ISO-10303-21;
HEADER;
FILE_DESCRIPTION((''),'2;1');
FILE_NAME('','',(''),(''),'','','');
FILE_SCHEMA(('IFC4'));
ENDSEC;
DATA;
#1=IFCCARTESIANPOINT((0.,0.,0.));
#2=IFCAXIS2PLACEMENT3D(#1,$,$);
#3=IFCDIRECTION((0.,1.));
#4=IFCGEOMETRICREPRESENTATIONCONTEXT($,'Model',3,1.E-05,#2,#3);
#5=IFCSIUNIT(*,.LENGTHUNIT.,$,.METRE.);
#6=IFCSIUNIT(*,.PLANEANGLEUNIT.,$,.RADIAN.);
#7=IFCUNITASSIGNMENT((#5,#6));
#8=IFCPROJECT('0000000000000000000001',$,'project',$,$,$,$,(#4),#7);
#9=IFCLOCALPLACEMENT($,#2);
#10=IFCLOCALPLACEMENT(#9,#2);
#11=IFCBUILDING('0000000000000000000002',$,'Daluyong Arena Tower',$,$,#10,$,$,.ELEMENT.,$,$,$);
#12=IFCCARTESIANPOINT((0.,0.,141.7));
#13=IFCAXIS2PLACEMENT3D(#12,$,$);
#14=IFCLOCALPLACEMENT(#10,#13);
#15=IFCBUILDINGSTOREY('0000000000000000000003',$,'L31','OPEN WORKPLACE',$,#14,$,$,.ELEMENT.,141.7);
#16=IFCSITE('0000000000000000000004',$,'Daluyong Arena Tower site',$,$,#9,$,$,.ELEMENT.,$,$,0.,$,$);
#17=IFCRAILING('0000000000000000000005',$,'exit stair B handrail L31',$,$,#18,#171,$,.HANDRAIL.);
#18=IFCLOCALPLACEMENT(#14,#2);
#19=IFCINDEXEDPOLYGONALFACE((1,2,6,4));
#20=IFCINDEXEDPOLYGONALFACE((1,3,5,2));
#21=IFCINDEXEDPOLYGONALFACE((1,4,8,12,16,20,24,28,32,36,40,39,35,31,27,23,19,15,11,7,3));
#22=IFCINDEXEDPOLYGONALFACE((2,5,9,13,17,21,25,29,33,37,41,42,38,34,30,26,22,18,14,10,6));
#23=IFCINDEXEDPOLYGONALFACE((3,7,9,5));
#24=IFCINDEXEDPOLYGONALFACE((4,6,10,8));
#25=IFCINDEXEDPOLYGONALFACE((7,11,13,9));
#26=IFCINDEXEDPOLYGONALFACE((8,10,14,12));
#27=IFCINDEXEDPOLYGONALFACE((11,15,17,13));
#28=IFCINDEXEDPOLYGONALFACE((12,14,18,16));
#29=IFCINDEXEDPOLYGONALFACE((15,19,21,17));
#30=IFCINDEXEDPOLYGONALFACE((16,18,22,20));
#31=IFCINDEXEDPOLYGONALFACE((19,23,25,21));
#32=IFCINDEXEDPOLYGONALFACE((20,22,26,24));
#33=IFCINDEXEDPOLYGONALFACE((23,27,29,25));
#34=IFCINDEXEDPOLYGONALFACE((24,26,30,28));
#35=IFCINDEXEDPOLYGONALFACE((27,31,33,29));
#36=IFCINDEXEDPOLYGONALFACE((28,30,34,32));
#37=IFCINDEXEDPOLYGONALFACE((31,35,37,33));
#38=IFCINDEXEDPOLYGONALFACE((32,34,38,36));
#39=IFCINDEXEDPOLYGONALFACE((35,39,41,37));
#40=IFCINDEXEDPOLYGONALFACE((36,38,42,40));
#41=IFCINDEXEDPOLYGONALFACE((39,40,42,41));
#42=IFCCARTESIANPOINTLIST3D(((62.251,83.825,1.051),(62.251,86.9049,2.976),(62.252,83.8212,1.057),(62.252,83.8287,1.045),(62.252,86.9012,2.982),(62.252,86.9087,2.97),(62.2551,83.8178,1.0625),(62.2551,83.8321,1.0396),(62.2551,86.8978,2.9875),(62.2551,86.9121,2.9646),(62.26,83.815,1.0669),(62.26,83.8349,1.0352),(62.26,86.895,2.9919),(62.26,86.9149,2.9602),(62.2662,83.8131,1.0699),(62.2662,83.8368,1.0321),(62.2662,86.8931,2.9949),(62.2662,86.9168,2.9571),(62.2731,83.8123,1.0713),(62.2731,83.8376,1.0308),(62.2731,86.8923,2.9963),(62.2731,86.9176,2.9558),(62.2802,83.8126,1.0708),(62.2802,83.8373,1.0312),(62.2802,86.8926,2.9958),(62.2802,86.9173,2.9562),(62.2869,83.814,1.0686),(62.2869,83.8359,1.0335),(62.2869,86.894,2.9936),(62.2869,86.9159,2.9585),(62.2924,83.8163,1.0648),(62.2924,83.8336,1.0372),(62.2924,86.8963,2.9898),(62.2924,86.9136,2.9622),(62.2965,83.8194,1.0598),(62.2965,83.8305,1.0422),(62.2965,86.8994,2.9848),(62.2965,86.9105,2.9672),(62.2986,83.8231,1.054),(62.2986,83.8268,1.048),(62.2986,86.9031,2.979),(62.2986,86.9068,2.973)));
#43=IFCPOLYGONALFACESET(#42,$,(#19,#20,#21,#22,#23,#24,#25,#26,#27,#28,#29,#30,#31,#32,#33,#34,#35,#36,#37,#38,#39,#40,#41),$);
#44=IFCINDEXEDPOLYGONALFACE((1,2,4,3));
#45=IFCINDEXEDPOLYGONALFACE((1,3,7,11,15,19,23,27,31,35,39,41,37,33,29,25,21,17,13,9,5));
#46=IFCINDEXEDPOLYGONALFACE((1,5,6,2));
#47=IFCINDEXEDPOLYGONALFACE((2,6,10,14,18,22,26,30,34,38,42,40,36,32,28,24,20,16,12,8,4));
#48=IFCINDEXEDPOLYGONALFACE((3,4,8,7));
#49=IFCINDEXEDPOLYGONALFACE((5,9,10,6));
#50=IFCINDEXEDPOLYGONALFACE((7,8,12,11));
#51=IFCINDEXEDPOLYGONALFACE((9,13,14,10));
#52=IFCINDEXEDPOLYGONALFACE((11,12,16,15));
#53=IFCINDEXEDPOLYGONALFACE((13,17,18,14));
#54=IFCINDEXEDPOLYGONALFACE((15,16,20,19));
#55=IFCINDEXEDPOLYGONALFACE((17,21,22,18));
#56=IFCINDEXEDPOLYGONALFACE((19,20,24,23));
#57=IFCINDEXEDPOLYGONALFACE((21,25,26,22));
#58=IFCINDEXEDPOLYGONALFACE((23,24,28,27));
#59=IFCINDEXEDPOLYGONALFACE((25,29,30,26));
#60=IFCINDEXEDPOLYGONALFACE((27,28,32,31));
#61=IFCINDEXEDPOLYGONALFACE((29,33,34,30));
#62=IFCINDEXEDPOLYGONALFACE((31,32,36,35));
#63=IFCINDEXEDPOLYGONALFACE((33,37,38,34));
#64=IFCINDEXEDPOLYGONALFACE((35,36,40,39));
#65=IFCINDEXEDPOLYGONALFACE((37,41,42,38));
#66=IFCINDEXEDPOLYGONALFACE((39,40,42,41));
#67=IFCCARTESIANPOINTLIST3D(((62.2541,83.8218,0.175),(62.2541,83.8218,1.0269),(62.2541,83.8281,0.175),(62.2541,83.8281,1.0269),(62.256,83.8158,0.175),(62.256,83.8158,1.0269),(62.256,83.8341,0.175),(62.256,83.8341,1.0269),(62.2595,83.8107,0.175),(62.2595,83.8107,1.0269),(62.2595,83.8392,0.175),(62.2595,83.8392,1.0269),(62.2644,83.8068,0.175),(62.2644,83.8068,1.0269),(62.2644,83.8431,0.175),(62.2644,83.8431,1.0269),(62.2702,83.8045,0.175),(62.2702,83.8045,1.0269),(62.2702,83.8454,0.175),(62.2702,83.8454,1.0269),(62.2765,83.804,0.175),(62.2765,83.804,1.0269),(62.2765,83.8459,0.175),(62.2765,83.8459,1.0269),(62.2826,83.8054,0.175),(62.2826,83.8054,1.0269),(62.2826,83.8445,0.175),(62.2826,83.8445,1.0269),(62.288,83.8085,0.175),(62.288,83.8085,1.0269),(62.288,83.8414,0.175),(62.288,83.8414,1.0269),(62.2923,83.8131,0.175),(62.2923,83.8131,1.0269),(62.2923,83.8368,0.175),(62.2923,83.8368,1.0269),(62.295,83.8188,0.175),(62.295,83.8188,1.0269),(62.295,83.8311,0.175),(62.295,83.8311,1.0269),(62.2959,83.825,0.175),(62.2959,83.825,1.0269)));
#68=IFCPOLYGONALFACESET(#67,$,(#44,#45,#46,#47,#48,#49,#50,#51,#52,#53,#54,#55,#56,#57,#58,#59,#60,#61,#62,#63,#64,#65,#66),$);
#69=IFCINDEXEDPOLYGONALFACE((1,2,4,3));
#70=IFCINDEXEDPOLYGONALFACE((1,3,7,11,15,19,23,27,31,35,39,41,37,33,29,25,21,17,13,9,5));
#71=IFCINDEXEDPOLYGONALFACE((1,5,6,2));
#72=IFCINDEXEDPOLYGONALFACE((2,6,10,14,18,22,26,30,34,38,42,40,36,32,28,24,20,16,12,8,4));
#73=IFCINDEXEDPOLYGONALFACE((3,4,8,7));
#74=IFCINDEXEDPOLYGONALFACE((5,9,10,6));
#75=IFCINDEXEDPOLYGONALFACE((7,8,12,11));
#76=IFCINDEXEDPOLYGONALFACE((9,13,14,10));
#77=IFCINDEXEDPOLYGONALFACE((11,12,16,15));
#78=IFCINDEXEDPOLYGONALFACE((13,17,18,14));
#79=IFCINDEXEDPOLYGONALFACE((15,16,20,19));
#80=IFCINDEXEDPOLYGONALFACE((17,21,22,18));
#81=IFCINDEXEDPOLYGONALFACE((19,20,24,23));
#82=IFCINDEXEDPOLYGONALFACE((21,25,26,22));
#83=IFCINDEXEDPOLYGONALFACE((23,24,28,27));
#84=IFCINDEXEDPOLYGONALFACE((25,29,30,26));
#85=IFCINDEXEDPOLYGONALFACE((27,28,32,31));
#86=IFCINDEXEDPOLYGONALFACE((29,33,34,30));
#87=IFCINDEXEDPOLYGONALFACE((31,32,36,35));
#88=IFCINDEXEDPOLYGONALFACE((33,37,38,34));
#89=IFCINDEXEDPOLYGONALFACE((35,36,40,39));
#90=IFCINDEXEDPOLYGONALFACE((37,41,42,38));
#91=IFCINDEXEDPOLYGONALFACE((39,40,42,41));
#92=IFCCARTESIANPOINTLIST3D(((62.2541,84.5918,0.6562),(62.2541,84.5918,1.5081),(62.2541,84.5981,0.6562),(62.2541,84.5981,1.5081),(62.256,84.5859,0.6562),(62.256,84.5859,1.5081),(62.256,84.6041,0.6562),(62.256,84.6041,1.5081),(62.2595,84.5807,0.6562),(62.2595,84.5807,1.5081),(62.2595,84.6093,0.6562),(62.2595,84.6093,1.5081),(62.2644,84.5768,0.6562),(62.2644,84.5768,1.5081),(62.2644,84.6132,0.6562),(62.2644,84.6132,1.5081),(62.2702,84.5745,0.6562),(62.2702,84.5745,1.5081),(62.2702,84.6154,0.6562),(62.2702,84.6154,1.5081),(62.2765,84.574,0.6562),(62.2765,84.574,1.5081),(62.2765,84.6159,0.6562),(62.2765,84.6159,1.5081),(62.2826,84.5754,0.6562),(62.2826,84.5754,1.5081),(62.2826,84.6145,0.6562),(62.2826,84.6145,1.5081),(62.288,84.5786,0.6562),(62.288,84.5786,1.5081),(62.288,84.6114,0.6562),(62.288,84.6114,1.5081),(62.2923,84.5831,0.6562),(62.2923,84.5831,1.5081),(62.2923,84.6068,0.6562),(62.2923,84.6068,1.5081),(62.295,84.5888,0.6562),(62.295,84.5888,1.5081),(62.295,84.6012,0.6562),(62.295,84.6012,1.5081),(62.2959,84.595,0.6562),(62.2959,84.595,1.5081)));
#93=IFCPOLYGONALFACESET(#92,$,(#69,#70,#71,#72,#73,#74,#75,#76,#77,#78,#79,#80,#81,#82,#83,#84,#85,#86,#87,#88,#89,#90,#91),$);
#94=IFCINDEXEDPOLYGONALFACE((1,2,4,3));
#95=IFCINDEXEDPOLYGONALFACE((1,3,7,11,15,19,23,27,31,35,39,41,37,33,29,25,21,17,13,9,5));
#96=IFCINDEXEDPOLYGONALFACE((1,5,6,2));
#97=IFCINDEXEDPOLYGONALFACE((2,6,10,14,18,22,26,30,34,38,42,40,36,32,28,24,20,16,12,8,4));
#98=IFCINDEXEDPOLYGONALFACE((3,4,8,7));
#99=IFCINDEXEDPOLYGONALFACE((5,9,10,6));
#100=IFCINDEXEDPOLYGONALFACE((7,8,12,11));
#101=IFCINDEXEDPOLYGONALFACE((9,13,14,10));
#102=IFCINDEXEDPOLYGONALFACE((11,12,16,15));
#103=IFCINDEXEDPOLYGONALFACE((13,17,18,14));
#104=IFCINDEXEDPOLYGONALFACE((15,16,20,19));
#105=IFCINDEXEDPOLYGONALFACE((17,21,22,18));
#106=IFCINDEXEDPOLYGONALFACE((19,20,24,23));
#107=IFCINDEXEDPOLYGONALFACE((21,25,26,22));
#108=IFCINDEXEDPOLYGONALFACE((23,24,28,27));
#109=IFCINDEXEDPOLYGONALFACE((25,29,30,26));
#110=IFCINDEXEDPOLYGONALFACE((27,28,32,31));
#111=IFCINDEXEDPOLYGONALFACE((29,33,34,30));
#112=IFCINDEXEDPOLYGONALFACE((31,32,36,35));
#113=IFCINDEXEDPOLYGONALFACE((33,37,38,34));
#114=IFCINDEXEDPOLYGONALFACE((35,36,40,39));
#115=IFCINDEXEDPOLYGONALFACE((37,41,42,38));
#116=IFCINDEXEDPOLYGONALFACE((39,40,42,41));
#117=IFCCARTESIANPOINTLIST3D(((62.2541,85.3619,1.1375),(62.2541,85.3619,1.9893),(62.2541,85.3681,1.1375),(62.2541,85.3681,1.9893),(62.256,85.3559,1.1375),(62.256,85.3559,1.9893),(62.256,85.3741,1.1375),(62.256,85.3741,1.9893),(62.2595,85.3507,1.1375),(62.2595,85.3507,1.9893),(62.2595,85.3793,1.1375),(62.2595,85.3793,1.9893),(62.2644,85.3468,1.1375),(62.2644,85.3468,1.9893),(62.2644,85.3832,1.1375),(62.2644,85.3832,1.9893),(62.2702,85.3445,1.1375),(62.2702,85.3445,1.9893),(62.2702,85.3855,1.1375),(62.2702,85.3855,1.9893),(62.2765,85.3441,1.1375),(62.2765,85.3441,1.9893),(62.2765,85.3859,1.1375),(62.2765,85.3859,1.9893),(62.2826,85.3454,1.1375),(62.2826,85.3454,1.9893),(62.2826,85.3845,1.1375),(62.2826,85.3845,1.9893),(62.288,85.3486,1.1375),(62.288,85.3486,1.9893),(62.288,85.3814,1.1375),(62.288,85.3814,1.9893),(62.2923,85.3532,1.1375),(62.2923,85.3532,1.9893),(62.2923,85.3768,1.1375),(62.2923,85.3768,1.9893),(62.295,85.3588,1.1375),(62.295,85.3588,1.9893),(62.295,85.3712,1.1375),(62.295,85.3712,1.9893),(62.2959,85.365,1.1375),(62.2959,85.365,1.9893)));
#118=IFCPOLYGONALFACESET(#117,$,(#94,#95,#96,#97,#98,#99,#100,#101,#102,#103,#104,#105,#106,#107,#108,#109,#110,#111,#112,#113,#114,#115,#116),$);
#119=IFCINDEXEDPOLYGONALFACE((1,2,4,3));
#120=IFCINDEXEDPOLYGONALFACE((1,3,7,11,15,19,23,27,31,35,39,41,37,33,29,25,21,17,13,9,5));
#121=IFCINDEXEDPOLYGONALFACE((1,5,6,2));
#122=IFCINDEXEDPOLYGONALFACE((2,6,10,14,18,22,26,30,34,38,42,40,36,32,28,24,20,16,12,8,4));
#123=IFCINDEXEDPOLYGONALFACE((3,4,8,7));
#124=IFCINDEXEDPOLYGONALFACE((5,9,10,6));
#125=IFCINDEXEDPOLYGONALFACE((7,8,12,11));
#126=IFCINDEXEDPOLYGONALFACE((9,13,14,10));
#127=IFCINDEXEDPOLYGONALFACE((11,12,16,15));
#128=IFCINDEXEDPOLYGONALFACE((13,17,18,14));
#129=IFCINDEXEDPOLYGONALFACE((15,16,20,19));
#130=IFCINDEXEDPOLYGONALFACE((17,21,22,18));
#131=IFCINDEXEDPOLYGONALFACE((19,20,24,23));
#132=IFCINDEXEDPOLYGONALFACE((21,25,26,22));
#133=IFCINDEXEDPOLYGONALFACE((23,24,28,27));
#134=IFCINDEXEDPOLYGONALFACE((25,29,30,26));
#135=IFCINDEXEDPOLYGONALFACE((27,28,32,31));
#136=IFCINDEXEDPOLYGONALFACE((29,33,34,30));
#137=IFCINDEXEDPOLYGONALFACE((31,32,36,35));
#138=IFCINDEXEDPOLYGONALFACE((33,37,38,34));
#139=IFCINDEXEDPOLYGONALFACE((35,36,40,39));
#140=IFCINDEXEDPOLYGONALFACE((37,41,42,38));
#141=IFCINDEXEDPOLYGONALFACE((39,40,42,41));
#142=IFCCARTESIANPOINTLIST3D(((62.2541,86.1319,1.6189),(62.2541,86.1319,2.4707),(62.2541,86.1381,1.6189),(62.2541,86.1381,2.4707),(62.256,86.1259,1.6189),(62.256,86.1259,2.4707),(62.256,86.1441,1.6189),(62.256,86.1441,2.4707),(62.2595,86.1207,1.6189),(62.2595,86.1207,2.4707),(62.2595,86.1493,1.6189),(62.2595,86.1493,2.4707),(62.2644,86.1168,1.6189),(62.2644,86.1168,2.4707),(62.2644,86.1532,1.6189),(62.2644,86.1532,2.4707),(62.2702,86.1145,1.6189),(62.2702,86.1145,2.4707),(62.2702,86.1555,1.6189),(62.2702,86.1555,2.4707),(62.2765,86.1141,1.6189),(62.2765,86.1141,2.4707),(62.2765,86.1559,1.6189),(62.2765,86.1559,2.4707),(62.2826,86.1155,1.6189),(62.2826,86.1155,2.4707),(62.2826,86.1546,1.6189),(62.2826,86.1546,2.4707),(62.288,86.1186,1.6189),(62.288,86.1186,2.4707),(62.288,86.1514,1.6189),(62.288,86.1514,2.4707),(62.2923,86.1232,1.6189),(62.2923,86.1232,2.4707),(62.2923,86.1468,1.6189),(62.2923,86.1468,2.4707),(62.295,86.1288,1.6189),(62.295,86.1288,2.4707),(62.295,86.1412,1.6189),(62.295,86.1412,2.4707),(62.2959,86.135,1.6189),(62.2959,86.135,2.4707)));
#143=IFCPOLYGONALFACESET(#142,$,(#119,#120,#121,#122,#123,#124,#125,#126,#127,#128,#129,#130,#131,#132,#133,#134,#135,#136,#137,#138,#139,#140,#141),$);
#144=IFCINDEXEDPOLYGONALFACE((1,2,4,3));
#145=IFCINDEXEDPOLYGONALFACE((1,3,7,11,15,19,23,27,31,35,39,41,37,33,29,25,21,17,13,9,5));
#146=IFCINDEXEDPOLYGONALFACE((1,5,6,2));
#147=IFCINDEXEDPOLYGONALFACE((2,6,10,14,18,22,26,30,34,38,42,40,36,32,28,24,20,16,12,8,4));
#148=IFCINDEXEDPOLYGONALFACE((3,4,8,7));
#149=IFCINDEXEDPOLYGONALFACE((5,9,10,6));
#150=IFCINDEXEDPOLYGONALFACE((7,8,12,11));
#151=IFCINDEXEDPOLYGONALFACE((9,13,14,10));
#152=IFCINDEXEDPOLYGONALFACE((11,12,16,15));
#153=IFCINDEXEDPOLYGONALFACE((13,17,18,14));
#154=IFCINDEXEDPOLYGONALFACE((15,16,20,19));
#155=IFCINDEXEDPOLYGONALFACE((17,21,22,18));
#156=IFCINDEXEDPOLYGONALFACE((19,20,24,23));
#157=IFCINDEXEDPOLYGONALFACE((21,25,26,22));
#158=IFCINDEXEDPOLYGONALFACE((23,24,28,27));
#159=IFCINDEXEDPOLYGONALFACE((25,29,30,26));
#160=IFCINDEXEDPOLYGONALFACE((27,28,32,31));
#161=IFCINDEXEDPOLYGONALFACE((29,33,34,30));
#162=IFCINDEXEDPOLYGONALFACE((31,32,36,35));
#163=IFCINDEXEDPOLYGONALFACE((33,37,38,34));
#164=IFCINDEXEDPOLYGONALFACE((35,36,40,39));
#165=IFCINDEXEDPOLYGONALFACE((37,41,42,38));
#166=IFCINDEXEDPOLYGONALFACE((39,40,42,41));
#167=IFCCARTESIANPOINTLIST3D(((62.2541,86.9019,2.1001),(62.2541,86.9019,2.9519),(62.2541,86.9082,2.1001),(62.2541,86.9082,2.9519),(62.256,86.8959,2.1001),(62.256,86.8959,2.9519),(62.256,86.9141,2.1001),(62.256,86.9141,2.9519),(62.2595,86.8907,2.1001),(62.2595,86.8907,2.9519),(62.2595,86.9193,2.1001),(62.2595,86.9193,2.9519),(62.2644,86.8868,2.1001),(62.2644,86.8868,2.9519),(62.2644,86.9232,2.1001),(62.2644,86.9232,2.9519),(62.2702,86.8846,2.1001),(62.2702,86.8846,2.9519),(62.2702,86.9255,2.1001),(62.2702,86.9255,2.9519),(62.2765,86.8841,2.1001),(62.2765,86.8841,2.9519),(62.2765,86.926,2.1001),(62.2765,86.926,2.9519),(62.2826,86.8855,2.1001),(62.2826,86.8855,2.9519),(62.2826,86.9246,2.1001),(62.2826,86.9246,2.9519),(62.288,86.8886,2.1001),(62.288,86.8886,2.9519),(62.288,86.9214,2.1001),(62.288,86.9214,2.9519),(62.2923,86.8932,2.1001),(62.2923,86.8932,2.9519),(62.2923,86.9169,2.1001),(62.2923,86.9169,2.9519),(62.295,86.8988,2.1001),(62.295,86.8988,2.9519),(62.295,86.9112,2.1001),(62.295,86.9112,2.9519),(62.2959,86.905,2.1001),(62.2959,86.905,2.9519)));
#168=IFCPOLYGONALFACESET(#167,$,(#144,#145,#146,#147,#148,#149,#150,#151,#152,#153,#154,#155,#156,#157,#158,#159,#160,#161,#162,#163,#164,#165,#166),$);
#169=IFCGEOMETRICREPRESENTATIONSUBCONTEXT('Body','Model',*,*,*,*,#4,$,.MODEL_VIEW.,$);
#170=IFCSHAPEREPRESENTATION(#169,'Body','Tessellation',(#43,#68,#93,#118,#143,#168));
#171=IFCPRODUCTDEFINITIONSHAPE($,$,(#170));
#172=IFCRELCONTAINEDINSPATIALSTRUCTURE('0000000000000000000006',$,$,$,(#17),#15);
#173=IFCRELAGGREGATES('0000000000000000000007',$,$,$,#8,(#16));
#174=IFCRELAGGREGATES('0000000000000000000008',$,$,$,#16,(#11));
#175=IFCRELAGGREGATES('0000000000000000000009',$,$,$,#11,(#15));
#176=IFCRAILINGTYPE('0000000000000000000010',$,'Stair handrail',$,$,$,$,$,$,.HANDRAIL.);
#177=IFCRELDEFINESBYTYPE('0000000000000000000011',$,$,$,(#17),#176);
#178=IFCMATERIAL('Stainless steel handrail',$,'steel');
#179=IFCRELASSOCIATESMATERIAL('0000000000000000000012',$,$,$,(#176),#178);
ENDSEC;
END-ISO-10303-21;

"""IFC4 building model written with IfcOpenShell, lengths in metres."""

from ifc_helpers import new_model, si_unit, direction, frame, origin, origin_2d, place, context, subcontext, project, spatial, circle, extrude, material, type_object, element, save


model = new_model("IFC4")

# Units and contexts
model_context = context("Model", 3, precision=1e-05, world=origin(), true_north=direction((0.0, 1.0)))
body_context = subcontext(model_context, "Body", "Model", "MODEL_VIEW")
ifc_project = project(units=[si_unit("LENGTHUNIT", "METRE"), si_unit("PLANEANGLEUNIT", "RADIAN")], contexts=[model_context])

# Site, building, storey
site_placement = place(None, origin())
site = spatial("IfcSite", under=ifc_project, at=site_placement, Name="Daluyong Arena Tower site", CompositionType="ELEMENT", RefElevation=0.0)
building_placement = place(site_placement, origin())
building = spatial("IfcBuilding", under=site, at=building_placement, Name="Daluyong Arena Tower", CompositionType="ELEMENT")
storey_placement = place(building_placement, frame((0.0, 0.0, 141.7)))
storey = spatial("IfcBuildingStorey", under=building, at=storey_placement, Name="L31", Description="OPEN WORKPLACE", CompositionType="ELEMENT", Elevation=141.7)

# Railing
ifc_material_1 = material(Name="Stainless steel handrail", Category="steel")
railing_type_1 = type_object("IfcRailingType", Name="Stair handrail", PredefinedType="HANDRAIL", material=ifc_material_1)
railing_1_placement = place(storey_placement, frame((62.2749, 83.825, 0.175)))
element("IfcRailing", 1, at=railing_1_placement, inside=storey, type_object=railing_type_1, Name="exit stair B handrail L31", PredefinedType="HANDRAIL", context=body_context, shape_type="SweptSolid", body=[
    extrude(circle(Radius=0.0239, at=origin_2d()), frame((0.0, 0.0, 0.876), z_axis=(0.0, 0.847998, 0.529999), x_axis=(-1.0, 0.0, 0.0)), (0.0, 0.0, 1.0), 3.6321),
    extrude(circle(Radius=0.021, at=origin_2d()), origin(), (0.0, 0.0, 1.0), 0.8518),
    extrude(circle(Radius=0.021, at=origin_2d()), frame((0.0, 0.77, 0.4812)), (0.0, 0.0, 1.0), 0.8518),
    extrude(circle(Radius=0.021, at=origin_2d()), frame((0.0, 1.54, 0.9624)), (0.0, 0.0, 1.0), 0.8518),
    extrude(circle(Radius=0.021, at=origin_2d()), frame((0.0, 2.3101, 1.4438)), (0.0, 0.0, 1.0), 0.8518),
    extrude(circle(Radius=0.021, at=origin_2d()), frame((0.0, 3.0801, 1.925)), (0.0, 0.0, 1.0), 0.8518),
])

save(model, "model.ifc")
